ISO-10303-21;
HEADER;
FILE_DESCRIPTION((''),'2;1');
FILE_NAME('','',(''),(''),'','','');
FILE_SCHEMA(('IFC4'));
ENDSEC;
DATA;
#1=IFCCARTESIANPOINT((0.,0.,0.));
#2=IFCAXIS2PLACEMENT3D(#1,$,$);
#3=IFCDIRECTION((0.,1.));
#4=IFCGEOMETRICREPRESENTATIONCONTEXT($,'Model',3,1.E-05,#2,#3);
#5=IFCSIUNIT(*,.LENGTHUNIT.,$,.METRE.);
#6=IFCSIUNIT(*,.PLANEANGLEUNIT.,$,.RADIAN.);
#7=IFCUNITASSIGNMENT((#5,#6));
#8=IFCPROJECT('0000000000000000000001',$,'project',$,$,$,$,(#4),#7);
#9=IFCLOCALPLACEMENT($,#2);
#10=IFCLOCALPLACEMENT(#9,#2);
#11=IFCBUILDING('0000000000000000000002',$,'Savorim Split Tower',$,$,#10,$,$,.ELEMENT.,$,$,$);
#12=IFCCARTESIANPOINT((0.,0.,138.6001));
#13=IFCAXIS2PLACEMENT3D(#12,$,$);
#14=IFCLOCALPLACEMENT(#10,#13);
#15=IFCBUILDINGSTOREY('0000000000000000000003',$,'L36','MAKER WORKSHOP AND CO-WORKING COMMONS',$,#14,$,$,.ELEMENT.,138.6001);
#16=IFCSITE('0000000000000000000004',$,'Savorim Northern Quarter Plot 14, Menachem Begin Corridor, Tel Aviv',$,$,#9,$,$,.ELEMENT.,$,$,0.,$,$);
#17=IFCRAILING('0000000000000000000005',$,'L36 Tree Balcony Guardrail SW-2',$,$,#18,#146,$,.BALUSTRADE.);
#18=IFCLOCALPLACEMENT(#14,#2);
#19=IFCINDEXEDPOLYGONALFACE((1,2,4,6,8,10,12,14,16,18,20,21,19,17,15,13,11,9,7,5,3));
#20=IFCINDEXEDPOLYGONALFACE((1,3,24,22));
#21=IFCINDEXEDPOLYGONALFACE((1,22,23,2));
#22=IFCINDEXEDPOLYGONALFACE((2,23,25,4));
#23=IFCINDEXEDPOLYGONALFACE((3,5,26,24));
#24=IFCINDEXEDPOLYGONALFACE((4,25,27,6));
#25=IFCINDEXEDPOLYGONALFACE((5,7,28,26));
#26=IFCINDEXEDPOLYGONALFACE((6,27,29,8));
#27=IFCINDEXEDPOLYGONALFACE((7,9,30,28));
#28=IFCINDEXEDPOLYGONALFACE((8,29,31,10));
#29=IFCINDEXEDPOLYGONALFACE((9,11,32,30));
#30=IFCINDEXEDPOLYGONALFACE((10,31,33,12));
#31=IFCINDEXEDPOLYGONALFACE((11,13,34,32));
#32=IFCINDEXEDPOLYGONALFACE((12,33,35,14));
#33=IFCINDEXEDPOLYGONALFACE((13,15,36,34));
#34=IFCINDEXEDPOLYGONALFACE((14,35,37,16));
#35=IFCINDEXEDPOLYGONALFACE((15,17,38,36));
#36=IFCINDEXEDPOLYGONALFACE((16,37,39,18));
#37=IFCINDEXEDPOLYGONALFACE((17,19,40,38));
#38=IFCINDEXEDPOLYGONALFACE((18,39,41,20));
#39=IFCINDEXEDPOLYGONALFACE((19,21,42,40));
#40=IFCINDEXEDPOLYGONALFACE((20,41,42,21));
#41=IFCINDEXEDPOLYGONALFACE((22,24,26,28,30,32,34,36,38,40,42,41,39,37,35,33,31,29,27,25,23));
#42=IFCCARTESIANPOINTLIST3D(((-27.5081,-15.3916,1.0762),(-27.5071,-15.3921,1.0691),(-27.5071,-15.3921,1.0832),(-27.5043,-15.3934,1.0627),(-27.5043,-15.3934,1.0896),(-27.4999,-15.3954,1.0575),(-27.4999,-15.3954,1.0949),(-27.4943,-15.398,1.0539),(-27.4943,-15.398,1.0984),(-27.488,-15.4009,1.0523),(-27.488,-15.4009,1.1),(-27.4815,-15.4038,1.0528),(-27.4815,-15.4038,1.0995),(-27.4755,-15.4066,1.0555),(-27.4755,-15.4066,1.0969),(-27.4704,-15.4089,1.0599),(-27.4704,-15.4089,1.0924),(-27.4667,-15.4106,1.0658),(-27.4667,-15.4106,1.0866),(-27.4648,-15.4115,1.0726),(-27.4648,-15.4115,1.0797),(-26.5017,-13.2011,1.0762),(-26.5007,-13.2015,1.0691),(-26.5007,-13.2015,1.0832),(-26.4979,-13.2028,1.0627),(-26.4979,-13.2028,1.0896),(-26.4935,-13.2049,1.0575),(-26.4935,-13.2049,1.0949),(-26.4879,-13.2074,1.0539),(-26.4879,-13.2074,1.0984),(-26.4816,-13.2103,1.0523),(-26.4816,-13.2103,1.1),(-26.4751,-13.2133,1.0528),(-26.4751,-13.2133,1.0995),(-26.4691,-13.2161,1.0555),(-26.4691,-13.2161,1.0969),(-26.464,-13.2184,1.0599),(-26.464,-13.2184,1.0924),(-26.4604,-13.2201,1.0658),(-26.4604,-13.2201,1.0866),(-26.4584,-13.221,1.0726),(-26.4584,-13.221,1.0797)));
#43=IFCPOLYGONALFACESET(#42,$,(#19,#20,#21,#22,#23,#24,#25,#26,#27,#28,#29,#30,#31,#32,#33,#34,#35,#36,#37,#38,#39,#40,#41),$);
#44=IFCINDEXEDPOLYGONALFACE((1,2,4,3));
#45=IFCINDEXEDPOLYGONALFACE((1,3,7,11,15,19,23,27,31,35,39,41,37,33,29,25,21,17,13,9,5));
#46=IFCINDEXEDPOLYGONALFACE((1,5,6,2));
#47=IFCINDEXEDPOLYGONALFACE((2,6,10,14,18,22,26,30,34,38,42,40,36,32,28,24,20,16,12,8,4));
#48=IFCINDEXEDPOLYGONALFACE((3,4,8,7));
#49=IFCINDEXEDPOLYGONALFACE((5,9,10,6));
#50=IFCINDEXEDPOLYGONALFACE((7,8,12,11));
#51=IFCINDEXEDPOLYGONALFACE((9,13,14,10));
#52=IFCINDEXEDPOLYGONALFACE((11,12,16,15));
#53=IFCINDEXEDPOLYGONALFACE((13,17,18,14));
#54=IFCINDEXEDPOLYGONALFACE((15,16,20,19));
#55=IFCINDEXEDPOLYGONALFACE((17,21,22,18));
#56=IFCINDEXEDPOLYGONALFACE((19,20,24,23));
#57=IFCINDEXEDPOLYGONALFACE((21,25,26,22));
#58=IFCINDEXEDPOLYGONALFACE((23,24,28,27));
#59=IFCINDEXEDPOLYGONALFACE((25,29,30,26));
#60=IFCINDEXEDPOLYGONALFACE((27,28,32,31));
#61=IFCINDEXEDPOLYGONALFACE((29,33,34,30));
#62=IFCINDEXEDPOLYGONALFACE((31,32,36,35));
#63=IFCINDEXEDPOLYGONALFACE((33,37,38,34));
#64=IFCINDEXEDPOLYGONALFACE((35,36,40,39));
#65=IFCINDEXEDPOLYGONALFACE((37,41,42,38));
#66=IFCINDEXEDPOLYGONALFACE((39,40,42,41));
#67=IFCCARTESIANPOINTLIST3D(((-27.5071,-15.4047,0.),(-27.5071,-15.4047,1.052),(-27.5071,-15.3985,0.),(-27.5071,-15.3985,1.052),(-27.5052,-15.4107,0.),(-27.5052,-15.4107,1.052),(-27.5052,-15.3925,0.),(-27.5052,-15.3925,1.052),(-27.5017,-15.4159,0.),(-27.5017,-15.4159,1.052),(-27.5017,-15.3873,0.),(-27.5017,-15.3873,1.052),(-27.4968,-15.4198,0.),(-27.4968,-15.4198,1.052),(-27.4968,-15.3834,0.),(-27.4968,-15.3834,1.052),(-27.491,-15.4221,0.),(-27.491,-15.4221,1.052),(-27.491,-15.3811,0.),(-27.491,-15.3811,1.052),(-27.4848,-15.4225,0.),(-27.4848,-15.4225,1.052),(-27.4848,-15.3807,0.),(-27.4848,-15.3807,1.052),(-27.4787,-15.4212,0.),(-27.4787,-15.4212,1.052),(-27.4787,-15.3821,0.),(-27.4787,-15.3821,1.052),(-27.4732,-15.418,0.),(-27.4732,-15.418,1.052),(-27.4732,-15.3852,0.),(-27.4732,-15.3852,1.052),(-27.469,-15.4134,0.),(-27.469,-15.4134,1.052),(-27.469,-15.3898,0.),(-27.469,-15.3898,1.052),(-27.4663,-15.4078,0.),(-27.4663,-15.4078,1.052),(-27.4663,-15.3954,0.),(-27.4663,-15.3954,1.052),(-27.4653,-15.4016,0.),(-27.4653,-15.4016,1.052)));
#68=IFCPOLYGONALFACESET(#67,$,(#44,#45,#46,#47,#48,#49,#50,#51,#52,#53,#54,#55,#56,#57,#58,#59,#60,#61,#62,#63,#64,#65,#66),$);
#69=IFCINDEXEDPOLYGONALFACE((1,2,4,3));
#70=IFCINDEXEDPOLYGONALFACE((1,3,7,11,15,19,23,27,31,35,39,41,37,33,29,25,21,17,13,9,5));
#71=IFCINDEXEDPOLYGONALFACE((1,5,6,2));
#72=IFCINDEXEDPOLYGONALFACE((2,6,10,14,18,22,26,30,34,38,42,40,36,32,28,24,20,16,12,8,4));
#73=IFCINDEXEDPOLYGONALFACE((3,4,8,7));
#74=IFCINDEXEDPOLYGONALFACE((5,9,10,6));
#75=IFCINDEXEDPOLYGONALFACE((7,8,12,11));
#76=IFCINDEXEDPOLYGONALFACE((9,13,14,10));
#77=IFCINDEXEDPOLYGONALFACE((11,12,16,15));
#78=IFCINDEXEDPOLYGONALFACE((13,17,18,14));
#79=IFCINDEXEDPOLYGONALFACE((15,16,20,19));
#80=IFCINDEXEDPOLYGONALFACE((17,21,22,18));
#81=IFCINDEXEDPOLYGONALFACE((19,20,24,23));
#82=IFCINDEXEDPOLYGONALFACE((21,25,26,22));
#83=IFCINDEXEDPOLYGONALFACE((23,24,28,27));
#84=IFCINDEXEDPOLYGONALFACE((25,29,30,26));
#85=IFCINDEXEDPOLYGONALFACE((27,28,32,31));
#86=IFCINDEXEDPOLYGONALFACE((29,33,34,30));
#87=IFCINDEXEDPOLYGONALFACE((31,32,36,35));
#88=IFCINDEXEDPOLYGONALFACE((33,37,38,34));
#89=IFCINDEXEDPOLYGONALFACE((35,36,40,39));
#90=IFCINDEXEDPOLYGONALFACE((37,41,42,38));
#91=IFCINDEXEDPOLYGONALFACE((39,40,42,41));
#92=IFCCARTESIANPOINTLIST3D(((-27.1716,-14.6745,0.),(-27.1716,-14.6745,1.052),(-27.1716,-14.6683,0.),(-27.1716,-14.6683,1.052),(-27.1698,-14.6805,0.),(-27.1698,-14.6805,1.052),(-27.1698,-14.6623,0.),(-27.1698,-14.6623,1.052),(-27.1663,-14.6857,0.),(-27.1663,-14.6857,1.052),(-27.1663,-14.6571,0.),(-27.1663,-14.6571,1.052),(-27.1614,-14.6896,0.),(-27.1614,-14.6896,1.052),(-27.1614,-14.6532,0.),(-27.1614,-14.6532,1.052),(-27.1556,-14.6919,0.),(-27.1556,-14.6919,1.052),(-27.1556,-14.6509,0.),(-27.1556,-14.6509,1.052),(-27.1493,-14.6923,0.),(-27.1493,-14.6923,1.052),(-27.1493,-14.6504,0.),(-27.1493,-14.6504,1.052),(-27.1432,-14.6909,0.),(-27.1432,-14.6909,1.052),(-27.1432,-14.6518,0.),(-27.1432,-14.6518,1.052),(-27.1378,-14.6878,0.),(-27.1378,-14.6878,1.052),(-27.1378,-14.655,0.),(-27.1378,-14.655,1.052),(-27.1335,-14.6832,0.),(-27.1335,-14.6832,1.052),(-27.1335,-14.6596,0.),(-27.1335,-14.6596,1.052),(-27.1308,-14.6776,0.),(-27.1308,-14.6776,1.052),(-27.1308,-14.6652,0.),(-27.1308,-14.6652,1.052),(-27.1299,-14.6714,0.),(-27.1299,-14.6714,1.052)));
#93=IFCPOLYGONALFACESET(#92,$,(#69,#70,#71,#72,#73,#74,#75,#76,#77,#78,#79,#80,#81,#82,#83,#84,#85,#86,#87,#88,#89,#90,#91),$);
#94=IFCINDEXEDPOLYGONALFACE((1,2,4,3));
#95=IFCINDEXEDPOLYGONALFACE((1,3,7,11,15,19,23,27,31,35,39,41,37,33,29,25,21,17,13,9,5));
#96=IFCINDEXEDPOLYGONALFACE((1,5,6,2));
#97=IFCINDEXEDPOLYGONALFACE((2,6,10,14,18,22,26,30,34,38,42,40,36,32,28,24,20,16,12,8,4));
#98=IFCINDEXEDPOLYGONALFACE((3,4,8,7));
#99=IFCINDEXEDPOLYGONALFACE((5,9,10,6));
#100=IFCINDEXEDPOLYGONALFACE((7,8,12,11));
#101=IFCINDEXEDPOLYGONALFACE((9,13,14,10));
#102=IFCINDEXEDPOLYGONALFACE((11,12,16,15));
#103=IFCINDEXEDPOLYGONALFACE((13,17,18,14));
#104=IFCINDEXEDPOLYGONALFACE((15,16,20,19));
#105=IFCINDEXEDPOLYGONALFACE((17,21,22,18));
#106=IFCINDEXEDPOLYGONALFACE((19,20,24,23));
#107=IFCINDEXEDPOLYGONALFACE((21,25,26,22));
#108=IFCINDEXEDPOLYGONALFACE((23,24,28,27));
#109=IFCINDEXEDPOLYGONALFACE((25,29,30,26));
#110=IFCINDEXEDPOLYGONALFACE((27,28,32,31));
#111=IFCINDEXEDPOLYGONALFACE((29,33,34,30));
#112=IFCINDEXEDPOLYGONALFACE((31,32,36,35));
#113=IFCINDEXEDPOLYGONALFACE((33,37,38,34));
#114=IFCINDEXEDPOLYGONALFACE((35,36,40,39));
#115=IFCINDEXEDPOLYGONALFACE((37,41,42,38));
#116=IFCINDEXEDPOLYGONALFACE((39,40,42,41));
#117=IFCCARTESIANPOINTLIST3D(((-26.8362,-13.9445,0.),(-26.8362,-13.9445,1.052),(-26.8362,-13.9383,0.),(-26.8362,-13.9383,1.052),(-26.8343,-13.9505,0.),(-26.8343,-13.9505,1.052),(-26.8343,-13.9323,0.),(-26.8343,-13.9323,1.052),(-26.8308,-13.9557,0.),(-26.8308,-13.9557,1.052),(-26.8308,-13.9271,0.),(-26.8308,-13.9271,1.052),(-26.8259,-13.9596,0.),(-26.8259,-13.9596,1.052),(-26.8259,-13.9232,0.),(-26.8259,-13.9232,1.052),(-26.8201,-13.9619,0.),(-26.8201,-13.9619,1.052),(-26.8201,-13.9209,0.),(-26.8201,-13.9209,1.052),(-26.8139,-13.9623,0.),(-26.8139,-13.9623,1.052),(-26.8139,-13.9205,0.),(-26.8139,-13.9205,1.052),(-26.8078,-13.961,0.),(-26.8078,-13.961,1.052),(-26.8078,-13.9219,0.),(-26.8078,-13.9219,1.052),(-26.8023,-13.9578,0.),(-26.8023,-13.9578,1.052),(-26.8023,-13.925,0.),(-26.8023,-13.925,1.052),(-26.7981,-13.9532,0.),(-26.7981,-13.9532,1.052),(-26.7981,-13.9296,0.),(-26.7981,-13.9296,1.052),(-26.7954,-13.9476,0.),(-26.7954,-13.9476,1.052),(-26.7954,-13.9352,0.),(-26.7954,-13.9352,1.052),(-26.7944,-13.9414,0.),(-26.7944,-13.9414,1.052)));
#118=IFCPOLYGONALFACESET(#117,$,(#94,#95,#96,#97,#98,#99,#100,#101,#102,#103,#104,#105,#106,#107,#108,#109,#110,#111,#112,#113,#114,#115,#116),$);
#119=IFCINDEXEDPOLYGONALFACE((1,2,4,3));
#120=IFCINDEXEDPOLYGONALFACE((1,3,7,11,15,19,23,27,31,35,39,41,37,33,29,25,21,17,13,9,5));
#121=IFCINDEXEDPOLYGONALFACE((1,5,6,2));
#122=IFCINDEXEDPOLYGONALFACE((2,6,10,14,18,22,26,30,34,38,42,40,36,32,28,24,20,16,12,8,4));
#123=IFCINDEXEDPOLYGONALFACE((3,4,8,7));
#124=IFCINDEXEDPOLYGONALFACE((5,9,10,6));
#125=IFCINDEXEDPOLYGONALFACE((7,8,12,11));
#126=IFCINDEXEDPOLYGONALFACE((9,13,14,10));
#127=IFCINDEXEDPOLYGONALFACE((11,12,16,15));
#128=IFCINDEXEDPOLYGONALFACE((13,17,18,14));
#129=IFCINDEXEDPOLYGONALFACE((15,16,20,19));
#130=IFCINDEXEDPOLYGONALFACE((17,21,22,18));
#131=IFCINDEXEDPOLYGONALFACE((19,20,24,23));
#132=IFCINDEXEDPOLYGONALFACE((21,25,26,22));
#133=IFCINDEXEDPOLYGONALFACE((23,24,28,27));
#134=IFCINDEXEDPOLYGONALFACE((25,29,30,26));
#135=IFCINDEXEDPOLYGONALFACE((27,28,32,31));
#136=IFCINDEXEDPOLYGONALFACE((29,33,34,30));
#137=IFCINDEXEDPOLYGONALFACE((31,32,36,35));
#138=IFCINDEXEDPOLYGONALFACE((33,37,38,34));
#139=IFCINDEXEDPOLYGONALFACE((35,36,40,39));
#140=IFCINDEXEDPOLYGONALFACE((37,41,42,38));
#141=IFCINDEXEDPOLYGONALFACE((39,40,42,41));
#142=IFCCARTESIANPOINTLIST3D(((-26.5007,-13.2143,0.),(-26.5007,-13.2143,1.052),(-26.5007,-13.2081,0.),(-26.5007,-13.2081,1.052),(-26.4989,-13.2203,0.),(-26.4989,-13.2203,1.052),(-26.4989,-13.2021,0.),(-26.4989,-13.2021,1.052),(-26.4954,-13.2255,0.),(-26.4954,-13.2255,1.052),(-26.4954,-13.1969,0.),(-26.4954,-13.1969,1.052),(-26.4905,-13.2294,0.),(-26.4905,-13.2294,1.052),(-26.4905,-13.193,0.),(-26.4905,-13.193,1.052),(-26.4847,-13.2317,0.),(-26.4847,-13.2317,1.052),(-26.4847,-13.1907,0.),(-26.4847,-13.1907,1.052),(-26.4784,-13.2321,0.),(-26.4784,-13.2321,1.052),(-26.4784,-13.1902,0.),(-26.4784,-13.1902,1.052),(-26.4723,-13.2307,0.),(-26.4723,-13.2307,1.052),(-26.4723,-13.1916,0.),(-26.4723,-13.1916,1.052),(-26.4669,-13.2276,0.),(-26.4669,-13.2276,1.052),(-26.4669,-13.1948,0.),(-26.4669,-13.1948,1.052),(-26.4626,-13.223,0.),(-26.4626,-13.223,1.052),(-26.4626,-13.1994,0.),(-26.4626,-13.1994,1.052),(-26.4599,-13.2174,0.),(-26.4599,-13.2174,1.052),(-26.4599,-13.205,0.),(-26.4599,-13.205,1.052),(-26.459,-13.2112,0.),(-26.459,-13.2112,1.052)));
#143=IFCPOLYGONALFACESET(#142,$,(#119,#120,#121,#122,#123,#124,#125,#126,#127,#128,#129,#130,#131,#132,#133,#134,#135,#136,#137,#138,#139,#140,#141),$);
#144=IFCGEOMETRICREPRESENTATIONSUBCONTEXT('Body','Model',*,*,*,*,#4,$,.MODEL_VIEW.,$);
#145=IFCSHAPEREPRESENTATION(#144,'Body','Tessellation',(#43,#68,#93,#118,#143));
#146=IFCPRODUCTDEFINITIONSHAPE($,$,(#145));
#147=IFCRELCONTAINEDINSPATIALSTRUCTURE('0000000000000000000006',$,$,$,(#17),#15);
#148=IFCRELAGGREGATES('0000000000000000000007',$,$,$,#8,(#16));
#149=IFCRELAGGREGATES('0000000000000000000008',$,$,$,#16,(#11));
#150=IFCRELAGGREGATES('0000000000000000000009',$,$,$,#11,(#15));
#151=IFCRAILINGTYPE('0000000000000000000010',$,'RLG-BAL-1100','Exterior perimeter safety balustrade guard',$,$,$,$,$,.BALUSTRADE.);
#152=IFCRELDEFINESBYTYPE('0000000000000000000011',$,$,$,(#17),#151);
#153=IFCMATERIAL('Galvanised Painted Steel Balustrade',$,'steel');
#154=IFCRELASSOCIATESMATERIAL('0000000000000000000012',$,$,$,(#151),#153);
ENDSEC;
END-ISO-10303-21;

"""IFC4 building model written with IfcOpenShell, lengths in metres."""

from ifc_helpers import new_model, si_unit, direction, frame, origin, origin_2d, place, context, subcontext, project, spatial, circle, extrude, material, type_object, element, save


model = new_model("IFC4")

# Units and contexts
model_context = context("Model", 3, precision=1e-05, world=origin(), true_north=direction((0.0, 1.0)))
body_context = subcontext(model_context, "Body", "Model", "MODEL_VIEW")
ifc_project = project(units=[si_unit("LENGTHUNIT", "METRE"), si_unit("PLANEANGLEUNIT", "RADIAN")], contexts=[model_context])

# Site, building, storey
site_placement = place(None, origin())
site = spatial("IfcSite", under=ifc_project, at=site_placement, Name="Savorim Northern Quarter Plot 14, Menachem Begin Corridor, Tel Aviv", CompositionType="ELEMENT", RefElevation=0.0)
building_placement = place(site_placement, origin())
building = spatial("IfcBuilding", under=site, at=building_placement, Name="Savorim Split Tower", CompositionType="ELEMENT")
storey_placement = place(building_placement, frame((0.0, 0.0, 138.6001)))
storey = spatial("IfcBuildingStorey", under=building, at=storey_placement, Name="L36", Description="MAKER WORKSHOP AND CO-WORKING COMMONS", CompositionType="ELEMENT", Elevation=138.6001)

# Railing
ifc_material_1 = material(Name="Galvanised Painted Steel Balustrade", Category="steel")
railing_type = type_object("IfcRailingType", Name="RLG-BAL-1100", Description="Exterior perimeter safety balustrade guard", PredefinedType="BALUSTRADE", material=ifc_material_1)
railing_1_placement = place(storey_placement, frame((-27.4863, -15.4016, 0.0)))
element("IfcRailing", 1, at=railing_1_placement, inside=storey, type_object=railing_type, Name="L36 Tree Balcony Guardrail SW-2", PredefinedType="BALUSTRADE", context=body_context, shape_type="SweptSolid", body=[
    extrude(circle(Radius=0.0239, at=origin_2d()), frame((0.0, 0.0, 1.0762), z_axis=(0.417478, 0.908687, 0.0), x_axis=(-0.908687, 0.417478, 0.0)), (0.0, 0.0, 1.0), 2.4106),
    extrude(circle(Radius=0.021, at=origin_2d()), origin(), (0.0, 0.0, 1.0), 1.052),
    extrude(circle(Radius=0.021, at=origin_2d()), frame((0.3354, 0.7302, 0.0)), (0.0, 0.0, 1.0), 1.052),
    extrude(circle(Radius=0.021, at=origin_2d()), frame((0.6709, 1.4602, 0.0)), (0.0, 0.0, 1.0), 1.052),
    extrude(circle(Radius=0.021, at=origin_2d()), frame((1.0063, 2.1904, 0.0)), (0.0, 0.0, 1.0), 1.052),
])

save(model, "model.ifc")
